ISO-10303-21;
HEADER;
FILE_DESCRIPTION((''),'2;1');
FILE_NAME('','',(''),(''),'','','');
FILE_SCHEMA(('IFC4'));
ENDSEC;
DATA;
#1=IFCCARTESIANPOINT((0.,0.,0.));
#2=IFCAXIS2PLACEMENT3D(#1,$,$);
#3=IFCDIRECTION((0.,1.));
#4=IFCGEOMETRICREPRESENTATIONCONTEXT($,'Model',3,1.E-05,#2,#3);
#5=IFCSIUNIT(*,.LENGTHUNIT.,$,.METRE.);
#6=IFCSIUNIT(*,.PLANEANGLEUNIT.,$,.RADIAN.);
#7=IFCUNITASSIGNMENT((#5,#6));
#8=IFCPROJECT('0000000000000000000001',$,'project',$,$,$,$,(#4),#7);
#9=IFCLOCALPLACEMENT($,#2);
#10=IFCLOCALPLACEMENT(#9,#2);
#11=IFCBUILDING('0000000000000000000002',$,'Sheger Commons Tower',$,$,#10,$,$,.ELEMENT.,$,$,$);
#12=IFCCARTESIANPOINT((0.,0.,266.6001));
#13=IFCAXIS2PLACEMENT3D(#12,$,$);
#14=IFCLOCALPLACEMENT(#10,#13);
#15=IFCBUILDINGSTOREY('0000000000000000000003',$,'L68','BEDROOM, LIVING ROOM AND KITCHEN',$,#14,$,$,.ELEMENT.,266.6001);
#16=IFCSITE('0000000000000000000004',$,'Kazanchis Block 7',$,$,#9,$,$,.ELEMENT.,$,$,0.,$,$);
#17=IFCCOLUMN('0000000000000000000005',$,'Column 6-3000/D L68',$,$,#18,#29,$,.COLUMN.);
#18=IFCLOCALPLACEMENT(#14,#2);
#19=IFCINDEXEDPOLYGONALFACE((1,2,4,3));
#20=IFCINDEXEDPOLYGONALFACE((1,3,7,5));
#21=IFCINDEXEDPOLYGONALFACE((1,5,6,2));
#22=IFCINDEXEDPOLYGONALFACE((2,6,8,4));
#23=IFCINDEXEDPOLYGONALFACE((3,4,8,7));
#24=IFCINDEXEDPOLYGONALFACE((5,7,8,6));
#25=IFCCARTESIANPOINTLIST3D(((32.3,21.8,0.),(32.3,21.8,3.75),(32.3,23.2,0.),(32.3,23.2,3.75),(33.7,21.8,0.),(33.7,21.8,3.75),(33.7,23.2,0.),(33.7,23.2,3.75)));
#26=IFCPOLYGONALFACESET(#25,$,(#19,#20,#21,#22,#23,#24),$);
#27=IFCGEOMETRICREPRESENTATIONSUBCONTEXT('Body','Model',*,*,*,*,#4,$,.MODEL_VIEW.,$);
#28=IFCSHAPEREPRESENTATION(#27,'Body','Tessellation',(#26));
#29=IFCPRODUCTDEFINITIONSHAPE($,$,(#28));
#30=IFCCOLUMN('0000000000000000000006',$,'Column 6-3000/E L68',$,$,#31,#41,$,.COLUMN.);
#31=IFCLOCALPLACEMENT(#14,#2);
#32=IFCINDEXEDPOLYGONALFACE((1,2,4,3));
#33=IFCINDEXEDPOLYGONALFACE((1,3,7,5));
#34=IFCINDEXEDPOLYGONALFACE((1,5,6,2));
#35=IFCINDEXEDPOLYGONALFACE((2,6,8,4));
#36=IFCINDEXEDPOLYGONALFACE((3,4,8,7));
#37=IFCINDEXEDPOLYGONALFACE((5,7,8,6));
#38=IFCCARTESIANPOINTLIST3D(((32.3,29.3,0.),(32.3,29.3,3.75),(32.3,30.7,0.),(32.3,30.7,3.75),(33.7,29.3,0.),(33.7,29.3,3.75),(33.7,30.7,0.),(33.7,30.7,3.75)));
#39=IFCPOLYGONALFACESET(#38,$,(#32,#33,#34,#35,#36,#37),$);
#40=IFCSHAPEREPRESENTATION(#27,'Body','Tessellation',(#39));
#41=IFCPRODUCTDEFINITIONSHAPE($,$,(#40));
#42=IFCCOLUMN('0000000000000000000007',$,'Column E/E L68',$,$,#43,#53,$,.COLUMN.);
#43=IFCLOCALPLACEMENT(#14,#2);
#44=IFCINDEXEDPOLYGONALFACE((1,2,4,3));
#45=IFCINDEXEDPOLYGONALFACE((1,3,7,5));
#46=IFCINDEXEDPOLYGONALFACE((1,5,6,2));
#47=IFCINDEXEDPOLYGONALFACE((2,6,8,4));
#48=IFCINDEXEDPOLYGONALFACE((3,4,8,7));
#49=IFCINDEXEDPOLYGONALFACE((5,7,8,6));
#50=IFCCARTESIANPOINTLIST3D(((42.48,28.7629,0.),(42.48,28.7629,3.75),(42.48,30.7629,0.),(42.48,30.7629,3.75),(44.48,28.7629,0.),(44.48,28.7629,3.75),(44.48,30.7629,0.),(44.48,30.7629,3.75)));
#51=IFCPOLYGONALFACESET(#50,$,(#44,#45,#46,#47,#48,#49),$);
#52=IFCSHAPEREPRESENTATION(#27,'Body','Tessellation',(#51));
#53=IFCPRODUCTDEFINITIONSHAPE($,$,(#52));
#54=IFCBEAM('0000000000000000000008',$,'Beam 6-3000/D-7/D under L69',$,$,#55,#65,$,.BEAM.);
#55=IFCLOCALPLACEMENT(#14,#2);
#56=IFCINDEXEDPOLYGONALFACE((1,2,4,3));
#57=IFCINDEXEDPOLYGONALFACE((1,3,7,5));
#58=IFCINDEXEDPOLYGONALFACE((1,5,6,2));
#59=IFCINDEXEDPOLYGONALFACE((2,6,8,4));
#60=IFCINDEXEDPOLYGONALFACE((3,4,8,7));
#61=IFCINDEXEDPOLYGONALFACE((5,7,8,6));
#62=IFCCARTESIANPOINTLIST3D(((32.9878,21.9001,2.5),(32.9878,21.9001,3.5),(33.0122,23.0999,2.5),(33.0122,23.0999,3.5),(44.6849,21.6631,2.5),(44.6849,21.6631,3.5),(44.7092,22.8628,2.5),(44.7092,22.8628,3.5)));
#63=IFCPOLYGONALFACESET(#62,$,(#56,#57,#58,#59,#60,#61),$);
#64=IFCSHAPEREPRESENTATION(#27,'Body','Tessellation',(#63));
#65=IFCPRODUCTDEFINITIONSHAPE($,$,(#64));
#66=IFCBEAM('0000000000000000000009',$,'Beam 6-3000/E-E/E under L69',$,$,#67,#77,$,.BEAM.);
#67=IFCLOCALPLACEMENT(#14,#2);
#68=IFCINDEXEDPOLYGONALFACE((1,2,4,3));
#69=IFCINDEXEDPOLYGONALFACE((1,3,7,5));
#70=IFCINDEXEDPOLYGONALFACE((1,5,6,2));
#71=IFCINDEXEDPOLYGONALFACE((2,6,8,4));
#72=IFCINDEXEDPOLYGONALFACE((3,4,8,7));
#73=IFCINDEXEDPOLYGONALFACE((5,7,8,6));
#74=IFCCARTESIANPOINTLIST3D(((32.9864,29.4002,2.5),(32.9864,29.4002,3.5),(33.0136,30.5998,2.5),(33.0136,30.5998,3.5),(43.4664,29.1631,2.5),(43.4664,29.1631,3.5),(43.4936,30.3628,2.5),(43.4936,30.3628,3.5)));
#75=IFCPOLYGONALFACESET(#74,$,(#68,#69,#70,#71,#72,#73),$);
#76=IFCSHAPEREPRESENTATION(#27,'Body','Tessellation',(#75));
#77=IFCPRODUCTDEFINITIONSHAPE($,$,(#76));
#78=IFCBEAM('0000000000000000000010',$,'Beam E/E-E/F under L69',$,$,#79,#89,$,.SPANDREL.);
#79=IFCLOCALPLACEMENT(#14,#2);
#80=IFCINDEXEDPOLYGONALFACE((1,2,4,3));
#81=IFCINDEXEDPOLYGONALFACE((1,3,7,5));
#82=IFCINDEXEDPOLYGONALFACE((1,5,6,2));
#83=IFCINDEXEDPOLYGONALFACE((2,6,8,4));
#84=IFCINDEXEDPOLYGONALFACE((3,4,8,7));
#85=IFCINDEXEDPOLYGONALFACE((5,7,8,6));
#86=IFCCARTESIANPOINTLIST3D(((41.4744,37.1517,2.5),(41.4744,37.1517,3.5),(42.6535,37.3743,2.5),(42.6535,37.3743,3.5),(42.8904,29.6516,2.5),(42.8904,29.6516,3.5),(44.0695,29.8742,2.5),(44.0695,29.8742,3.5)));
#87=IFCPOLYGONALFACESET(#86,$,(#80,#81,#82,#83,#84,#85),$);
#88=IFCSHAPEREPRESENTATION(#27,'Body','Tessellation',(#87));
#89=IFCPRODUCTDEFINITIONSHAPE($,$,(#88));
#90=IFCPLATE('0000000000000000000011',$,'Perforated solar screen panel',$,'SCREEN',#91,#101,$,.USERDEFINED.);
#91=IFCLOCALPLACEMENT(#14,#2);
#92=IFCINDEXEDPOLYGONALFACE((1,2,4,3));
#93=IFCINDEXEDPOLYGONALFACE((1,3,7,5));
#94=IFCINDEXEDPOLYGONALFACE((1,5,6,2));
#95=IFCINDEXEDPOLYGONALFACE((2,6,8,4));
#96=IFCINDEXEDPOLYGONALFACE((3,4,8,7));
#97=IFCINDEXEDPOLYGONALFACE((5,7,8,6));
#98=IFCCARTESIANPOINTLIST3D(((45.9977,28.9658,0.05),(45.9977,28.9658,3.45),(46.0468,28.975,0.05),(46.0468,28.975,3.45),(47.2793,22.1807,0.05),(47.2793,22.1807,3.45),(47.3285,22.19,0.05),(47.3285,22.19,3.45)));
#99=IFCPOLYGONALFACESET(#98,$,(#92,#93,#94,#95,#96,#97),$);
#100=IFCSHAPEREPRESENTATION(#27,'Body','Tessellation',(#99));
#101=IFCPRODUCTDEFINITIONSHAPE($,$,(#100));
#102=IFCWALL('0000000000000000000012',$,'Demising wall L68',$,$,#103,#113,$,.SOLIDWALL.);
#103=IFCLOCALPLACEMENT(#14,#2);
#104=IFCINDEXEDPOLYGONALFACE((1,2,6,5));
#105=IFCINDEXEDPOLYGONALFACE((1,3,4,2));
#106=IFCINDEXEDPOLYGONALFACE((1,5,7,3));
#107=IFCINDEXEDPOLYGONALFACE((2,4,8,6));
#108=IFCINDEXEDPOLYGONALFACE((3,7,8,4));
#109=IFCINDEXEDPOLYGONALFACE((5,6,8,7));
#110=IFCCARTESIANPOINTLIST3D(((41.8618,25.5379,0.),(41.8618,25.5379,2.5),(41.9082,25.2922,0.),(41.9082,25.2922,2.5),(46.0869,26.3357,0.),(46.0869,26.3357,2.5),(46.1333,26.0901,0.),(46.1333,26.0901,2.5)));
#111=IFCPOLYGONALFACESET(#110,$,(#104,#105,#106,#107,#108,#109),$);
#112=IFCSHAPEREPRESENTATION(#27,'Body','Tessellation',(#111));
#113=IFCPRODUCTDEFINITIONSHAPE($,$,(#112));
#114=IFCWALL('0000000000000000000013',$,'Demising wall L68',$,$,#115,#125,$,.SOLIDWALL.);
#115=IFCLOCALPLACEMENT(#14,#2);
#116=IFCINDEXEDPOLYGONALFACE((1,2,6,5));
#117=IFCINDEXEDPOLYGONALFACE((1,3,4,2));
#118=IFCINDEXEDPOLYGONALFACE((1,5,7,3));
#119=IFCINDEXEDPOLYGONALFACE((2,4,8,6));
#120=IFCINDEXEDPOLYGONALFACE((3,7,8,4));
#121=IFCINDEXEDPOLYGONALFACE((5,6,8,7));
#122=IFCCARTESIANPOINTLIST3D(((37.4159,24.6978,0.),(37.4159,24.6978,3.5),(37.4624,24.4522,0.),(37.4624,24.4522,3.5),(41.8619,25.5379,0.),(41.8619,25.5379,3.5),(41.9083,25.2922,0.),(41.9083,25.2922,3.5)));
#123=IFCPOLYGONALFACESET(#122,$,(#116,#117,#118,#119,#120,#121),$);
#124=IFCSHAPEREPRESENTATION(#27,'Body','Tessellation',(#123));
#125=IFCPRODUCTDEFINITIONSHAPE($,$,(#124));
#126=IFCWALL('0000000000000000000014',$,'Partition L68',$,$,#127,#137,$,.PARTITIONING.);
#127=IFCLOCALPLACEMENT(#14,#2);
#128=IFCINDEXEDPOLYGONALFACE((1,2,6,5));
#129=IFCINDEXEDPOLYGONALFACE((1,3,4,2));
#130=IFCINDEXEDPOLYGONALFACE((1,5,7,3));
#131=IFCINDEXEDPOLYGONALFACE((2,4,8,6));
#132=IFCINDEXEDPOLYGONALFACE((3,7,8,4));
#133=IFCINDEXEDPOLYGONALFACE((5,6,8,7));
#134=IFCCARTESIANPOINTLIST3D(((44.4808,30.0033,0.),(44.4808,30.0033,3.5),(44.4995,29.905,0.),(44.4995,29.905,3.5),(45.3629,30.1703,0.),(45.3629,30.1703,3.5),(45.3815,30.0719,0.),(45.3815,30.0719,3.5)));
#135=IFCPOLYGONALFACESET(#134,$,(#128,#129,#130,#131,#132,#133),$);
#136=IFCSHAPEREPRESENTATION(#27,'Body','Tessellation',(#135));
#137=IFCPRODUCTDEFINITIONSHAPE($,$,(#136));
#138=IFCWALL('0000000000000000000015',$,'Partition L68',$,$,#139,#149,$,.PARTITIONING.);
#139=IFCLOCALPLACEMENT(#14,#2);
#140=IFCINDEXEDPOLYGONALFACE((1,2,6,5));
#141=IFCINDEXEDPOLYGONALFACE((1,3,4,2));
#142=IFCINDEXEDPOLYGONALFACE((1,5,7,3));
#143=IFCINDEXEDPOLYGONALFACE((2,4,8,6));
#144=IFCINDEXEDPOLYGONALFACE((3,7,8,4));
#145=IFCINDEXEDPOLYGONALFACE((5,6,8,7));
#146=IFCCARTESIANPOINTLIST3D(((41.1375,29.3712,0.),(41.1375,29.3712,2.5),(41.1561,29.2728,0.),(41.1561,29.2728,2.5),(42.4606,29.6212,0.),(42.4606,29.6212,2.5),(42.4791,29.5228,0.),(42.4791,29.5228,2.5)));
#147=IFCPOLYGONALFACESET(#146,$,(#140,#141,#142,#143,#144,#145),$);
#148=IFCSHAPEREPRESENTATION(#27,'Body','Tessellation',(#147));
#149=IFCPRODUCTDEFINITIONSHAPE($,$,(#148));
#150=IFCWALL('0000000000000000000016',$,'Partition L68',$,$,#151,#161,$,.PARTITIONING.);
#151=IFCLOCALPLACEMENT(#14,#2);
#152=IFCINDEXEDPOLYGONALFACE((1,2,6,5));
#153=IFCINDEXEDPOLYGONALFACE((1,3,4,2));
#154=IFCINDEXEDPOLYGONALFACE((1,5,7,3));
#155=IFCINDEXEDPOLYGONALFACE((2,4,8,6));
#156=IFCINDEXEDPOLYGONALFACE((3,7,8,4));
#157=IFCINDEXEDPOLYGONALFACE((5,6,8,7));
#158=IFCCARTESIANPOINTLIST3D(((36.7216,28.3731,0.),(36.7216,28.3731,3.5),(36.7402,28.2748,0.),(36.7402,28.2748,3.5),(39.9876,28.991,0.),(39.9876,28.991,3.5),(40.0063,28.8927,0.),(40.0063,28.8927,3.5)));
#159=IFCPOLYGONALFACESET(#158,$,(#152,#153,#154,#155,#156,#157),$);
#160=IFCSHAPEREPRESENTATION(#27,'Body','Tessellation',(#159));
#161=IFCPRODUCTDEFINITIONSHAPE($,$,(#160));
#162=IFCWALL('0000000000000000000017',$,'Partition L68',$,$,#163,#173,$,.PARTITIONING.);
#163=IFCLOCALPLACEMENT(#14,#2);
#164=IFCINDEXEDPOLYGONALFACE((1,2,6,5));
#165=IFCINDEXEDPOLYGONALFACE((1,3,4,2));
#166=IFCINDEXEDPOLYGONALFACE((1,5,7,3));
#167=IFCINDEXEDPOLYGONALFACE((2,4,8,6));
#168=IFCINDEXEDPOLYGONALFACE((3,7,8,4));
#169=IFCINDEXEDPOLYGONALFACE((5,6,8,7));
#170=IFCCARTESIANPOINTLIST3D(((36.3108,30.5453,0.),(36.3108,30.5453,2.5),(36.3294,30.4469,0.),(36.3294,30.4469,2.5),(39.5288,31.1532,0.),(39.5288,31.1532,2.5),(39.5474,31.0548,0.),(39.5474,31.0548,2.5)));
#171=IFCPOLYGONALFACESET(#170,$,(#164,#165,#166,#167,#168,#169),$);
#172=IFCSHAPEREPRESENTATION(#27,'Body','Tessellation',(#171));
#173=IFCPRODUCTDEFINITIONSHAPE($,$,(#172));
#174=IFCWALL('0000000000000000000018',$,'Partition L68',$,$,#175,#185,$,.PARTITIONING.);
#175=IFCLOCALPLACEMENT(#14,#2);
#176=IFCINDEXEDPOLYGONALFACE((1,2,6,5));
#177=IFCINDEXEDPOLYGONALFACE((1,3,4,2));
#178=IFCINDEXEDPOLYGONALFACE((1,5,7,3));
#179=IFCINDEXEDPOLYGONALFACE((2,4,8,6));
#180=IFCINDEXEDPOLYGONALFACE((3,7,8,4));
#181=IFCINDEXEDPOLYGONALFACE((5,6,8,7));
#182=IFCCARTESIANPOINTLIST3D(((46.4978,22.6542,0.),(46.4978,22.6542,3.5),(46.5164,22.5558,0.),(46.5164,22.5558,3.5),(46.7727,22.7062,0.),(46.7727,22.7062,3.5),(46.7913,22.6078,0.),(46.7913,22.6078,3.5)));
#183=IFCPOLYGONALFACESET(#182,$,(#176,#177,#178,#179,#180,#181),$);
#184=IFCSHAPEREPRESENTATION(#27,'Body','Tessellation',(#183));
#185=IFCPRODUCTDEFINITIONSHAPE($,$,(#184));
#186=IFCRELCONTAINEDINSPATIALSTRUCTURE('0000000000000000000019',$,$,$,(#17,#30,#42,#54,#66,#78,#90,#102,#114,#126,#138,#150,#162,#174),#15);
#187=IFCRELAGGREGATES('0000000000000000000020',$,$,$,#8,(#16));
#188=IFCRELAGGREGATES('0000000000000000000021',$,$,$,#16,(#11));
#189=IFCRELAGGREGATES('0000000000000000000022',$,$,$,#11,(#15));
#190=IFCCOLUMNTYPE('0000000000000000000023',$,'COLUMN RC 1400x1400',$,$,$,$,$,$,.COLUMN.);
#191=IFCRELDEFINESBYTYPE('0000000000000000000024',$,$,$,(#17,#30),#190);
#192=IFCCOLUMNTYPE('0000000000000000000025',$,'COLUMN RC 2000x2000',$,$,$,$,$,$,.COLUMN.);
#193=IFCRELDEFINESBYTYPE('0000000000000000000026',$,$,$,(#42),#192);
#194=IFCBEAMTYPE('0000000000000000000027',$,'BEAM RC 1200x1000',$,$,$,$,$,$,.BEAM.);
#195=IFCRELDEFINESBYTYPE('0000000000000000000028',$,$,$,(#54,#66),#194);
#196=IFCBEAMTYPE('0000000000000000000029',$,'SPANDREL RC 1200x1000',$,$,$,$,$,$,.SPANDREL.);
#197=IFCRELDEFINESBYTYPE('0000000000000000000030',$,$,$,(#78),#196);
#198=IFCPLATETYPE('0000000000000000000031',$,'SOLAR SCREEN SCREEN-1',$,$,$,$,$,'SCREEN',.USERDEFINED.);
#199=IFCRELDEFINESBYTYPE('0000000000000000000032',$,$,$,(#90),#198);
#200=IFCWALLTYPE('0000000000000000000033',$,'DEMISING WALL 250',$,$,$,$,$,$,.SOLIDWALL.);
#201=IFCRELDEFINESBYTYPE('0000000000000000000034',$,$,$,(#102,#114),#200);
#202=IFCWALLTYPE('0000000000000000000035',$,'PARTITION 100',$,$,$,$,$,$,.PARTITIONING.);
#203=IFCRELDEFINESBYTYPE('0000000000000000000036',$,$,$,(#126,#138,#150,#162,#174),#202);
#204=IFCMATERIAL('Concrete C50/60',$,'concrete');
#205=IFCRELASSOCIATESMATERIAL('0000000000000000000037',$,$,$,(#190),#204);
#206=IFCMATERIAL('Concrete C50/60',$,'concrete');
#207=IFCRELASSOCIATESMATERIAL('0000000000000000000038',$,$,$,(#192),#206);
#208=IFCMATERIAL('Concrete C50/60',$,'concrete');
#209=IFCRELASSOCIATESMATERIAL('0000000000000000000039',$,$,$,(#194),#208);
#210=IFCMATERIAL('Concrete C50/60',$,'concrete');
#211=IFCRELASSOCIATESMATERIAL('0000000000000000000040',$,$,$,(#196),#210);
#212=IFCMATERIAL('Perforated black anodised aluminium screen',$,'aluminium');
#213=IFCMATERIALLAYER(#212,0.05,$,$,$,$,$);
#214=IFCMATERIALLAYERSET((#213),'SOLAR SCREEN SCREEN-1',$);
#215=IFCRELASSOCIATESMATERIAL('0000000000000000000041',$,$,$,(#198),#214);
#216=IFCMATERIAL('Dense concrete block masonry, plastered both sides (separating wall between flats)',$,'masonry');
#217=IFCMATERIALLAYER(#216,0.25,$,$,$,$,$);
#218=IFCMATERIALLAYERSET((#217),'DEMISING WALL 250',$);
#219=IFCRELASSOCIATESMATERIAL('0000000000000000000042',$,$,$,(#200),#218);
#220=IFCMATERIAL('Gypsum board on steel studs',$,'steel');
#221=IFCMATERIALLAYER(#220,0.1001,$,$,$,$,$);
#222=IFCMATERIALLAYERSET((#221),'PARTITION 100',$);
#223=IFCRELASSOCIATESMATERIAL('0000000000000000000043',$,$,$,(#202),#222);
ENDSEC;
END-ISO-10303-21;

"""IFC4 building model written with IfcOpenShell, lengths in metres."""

from ifc_helpers import new_model, si_unit, direction, frame, frame_2d, origin, origin_2d, place, context, subcontext, project, spatial, rectangle, extrude, material, layer, layer_set, material_profile, profile_set, type_object, element, save


model = new_model("IFC4")

# Units and contexts
model_context = context("Model", 3, precision=1e-05, world=origin(), true_north=direction((0.0, 1.0)))
body_context = subcontext(model_context, "Body", "Model", "MODEL_VIEW")
ifc_project = project(units=[si_unit("LENGTHUNIT", "METRE"), si_unit("PLANEANGLEUNIT", "RADIAN")], contexts=[model_context])

# Site, building, storey
site_placement = place(None, origin())
site = spatial("IfcSite", under=ifc_project, at=site_placement, Name="Kazanchis Block 7", CompositionType="ELEMENT", RefElevation=0.0)
building_placement = place(site_placement, origin())
building = spatial("IfcBuilding", under=site, at=building_placement, Name="Sheger Commons Tower", CompositionType="ELEMENT")
storey_placement = place(building_placement, frame((0.0, 0.0, 266.6001)))
storey = spatial("IfcBuildingStorey", under=building, at=storey_placement, Name="L68", Description="BEDROOM, LIVING ROOM AND KITCHEN", CompositionType="ELEMENT", Elevation=266.6001)

# Columns
ifc_material_1 = material(Name="Concrete C50/60", Category="concrete")
ifc_material_profile_1 = material_profile(ifc_material_1, rectangle(XDim=1.3999, YDim=1.3999, at=origin_2d()), Name="RC 1400x1400")
ifc_profile_set_1 = profile_set([ifc_material_profile_1], Name="Concrete C50/60")
column_type_1 = type_object("IfcColumnType", Name="COLUMN RC 1400x1400", PredefinedType="COLUMN", material=ifc_profile_set_1)
for number, where, z_axis, x_axis, name in (
    (1, (33.0, 22.5, 0.0), (0.0, 0.0, 1.0), (1.0, 0.0, 0.0), "Column 6-3000/D L68"),
    (2, (33.0, 30.0, 0.0), (0.0, 0.0, 1.0), (1.0, 0.0, 0.0), "Column 6-3000/E L68"),
):
    element("IfcColumn", number, at=place(storey_placement, frame(where, z_axis=z_axis, x_axis=x_axis)), inside=storey, type_object=column_type_1, Name=name, PredefinedType="COLUMN", context=body_context, shape_type="SweptSolid", body=[
        extrude(rectangle(XDim=1.3999, YDim=1.3999, at=origin_2d()), origin(), (0.0, 0.0, 1.0), 3.75),
    ])
ifc_material_2 = material(Name="Concrete C50/60", Category="concrete")
ifc_material_profile_2 = material_profile(ifc_material_2, rectangle(XDim=2.0, YDim=2.0, at=origin_2d()), Name="RC 2000x2000")
ifc_profile_set_2 = profile_set([ifc_material_profile_2], Name="Concrete C50/60")
column_type_2 = type_object("IfcColumnType", Name="COLUMN RC 2000x2000", PredefinedType="COLUMN", material=ifc_profile_set_2)
column_placement = place(storey_placement, frame((43.48, 29.7629, 0.0), z_axis=(0.0, 0.0, 1.0), x_axis=(1.0, 0.0, 0.0)))
element("IfcColumn", 3, at=column_placement, inside=storey, type_object=column_type_2, Name="Column E/E L68", PredefinedType="COLUMN", context=body_context, shape_type="SweptSolid", body=[
    extrude(rectangle(XDim=2.0, YDim=2.0, at=origin_2d()), origin(), (0.0, 0.0, 1.0), 3.75),
])

# Beams
ifc_material_3 = material(Name="Concrete C50/60", Category="concrete")
ifc_material_profile_3 = material_profile(ifc_material_3, rectangle(XDim=1.2, YDim=1.0, at=origin_2d()), Name="RC 1200x1000")
ifc_profile_set_3 = profile_set([ifc_material_profile_3], Name="Concrete C50/60")
beam_type_1 = type_object("IfcBeamType", Name="BEAM RC 1200x1000", PredefinedType="BEAM", material=ifc_profile_set_3)
beam_1_placement = place(storey_placement, frame((33.0, 22.5, 3.0), z_axis=(0.999795, -0.020263, 0.0), x_axis=(0.020263, 0.999795, 0.0)))
element("IfcBeam", 4, at=beam_1_placement, inside=storey, type_object=beam_type_1, Name="Beam 6-3000/D-7/D under L69", PredefinedType="BEAM", context=body_context, shape_type="SweptSolid", body=[
    extrude(rectangle(XDim=1.2, YDim=1.0, at=origin_2d()), origin(), (0.0, 0.0, 1.0), 11.6995),
])
beam_2_placement = place(storey_placement, frame((33.0, 30.0, 3.0), z_axis=(0.999744, -0.022615, 0.0), x_axis=(0.022615, 0.999744, 0.0)))
element("IfcBeam", 5, at=beam_2_placement, inside=storey, type_object=beam_type_1, Name="Beam 6-3000/E-E/E under L69", PredefinedType="BEAM", context=body_context, shape_type="SweptSolid", body=[
    extrude(rectangle(XDim=1.2, YDim=1.0, at=origin_2d()), origin(), (0.0, 0.0, 1.0), 10.4827),
])
ifc_material_4 = material(Name="Concrete C50/60", Category="concrete")
ifc_material_profile_4 = material_profile(ifc_material_4, rectangle(XDim=1.2, YDim=1.0, at=origin_2d()), Name="RC 1200x1000")
ifc_profile_set_4 = profile_set([ifc_material_profile_4], Name="Concrete C50/60")
beam_type_2 = type_object("IfcBeamType", Name="SPANDREL RC 1200x1000", PredefinedType="SPANDREL", material=ifc_profile_set_4)
beam_3_placement = place(storey_placement, frame((43.48, 29.7629, 3.0), z_axis=(-0.185524, 0.98264, 0.0), x_axis=(-0.98264, -0.185524, 0.0)))
element("IfcBeam", 6, at=beam_3_placement, inside=storey, type_object=beam_type_2, Name="Beam E/E-E/F under L69", PredefinedType="SPANDREL", context=body_context, shape_type="SweptSolid", body=[
    extrude(rectangle(XDim=1.2, YDim=1.0, at=origin_2d()), origin(), (0.0, 0.0, 1.0), 7.6326),
])

# Plate
ifc_material_5 = material(Name="Perforated black anodised aluminium screen", Category="aluminium")
ifc_layer_1 = layer(ifc_material_5, 0.05)
ifc_layer_set_1 = layer_set([ifc_layer_1], Name="SOLAR SCREEN SCREEN-1")
plate_type = type_object("IfcPlateType", Name="SOLAR SCREEN SCREEN-1", ElementType="SCREEN", PredefinedType="USERDEFINED", material=ifc_layer_set_1)
plate_placement = place(storey_placement, frame((46.6631, 25.5779, 0.05), z_axis=(0.0, 0.0, 1.0), x_axis=(-0.185615, 0.982623, 0.0)))
element("IfcPlate", 7, at=plate_placement, inside=storey, type_object=plate_type, Name="Perforated solar screen panel", ObjectType="SCREEN", PredefinedType="USERDEFINED", context=body_context, shape_type="SweptSolid", body=[
    extrude(rectangle(XDim=6.905, YDim=0.05, at=origin_2d()), origin(), (0.0, 0.0, 1.0), 3.3999),
])

# Walls
ifc_material_6 = material(Name="Dense concrete block masonry, plastered both sides (separating wall between flats)", Category="masonry")
ifc_layer_2 = layer(ifc_material_6, 0.25)
ifc_layer_set_2 = layer_set([ifc_layer_2], Name="DEMISING WALL 250")
wall_type_1 = type_object("IfcWallType", Name="DEMISING WALL 250", PredefinedType="SOLIDWALL", material=ifc_layer_set_2)
wall_1_placement = place(storey_placement, frame((46.1101, 26.2129, 0.0), z_axis=(0.0, 0.0, 1.0), x_axis=(-0.982634, -0.185557, 0.0)))
element("IfcWall", 8, at=wall_1_placement, inside=storey, type_object=wall_type_1, Name="Demising wall L68", PredefinedType="SOLIDWALL", context=body_context, shape_type="SweptSolid", body=[
    extrude(rectangle(XDim=4.2998, YDim=0.25, at=frame_2d((2.1499, 0.0))), origin(), (0.0, 0.0, 1.0), 2.5),
])
wall_2_placement = place(storey_placement, frame((41.885, 25.415, 0.0), z_axis=(0.0, 0.0, 1.0), x_axis=(-0.982613, -0.185666, 0.0)))
element("IfcWall", 9, at=wall_2_placement, inside=storey, type_object=wall_type_1, Name="Demising wall L68", PredefinedType="SOLIDWALL", context=body_context, shape_type="SweptSolid", body=[
    extrude(rectangle(XDim=4.5247, YDim=0.25, at=frame_2d((2.2622, 0.0))), origin(), (0.0, 0.0, 1.0), 3.5),
])
ifc_material_7 = material(Name="Gypsum board on steel studs", Category="steel")
ifc_layer_3 = layer(ifc_material_7, 0.1001)
ifc_layer_set_3 = layer_set([ifc_layer_3], Name="PARTITION 100")
wall_type_2 = type_object("IfcWallType", Name="PARTITION 100", PredefinedType="PARTITIONING", material=ifc_layer_set_3)
wall_3_placement = place(storey_placement, frame((45.3721, 30.1211, 0.0), z_axis=(0.0, 0.0, 1.0), x_axis=(-0.982547, -0.186012, 0.0)))
element("IfcWall", 10, at=wall_3_placement, inside=storey, type_object=wall_type_2, Name="Partition L68", PredefinedType="PARTITIONING", context=body_context, shape_type="SweptSolid", body=[
    extrude(rectangle(XDim=0.8977, YDim=0.1001, at=frame_2d((0.4487, 0.0))), origin(), (0.0, 0.0, 1.0), 3.5),
])
wall_4_placement = place(storey_placement, frame((42.47, 29.572, 0.0), z_axis=(0.0, 0.0, 1.0), x_axis=(-0.982611, -0.185679, 0.0)))
element("IfcWall", 11, at=wall_4_placement, inside=storey, type_object=wall_type_2, Name="Partition L68", PredefinedType="PARTITIONING", context=body_context, shape_type="SweptSolid", body=[
    extrude(rectangle(XDim=1.3464, YDim=0.1001, at=frame_2d((0.6733, 0.0))), origin(), (0.0, 0.0, 1.0), 2.5),
])
wall_5_placement = place(storey_placement, frame((39.9971, 28.9419, 0.0), z_axis=(0.0, 0.0, 1.0), x_axis=(-0.98257, -0.185894, 0.0)))
element("IfcWall", 12, at=wall_5_placement, inside=storey, type_object=wall_type_2, Name="Partition L68", PredefinedType="PARTITIONING", context=body_context, shape_type="SweptSolid", body=[
    extrude(rectangle(XDim=3.324, YDim=0.1001, at=frame_2d((1.6621, 0.0))), origin(), (0.0, 0.0, 1.0), 3.5),
])
wall_6_placement = place(storey_placement, frame((39.5381, 31.104, 0.0), z_axis=(0.0, 0.0, 1.0), x_axis=(-0.982621, -0.185625, 0.0)))
element("IfcWall", 13, at=wall_6_placement, inside=storey, type_object=wall_type_2, Name="Partition L68", PredefinedType="PARTITIONING", context=body_context, shape_type="SweptSolid", body=[
    extrude(rectangle(XDim=3.2749, YDim=0.1001, at=frame_2d((1.6375, 0.0))), origin(), (0.0, 0.0, 1.0), 2.5),
])
wall_7_placement = place(storey_placement, frame((46.782, 22.657, 0.0), z_axis=(0.0, 0.0, 1.0), x_axis=(-0.982575, -0.185869, 0.0)))
element("IfcWall", 14, at=wall_7_placement, inside=storey, type_object=wall_type_2, Name="Partition L68", PredefinedType="PARTITIONING", context=body_context, shape_type="SweptSolid", body=[
    extrude(rectangle(XDim=0.2798, YDim=0.1001, at=frame_2d((0.1399, 0.0))), origin(), (0.0, 0.0, 1.0), 3.5),
])

save(model, "model.ifc")
